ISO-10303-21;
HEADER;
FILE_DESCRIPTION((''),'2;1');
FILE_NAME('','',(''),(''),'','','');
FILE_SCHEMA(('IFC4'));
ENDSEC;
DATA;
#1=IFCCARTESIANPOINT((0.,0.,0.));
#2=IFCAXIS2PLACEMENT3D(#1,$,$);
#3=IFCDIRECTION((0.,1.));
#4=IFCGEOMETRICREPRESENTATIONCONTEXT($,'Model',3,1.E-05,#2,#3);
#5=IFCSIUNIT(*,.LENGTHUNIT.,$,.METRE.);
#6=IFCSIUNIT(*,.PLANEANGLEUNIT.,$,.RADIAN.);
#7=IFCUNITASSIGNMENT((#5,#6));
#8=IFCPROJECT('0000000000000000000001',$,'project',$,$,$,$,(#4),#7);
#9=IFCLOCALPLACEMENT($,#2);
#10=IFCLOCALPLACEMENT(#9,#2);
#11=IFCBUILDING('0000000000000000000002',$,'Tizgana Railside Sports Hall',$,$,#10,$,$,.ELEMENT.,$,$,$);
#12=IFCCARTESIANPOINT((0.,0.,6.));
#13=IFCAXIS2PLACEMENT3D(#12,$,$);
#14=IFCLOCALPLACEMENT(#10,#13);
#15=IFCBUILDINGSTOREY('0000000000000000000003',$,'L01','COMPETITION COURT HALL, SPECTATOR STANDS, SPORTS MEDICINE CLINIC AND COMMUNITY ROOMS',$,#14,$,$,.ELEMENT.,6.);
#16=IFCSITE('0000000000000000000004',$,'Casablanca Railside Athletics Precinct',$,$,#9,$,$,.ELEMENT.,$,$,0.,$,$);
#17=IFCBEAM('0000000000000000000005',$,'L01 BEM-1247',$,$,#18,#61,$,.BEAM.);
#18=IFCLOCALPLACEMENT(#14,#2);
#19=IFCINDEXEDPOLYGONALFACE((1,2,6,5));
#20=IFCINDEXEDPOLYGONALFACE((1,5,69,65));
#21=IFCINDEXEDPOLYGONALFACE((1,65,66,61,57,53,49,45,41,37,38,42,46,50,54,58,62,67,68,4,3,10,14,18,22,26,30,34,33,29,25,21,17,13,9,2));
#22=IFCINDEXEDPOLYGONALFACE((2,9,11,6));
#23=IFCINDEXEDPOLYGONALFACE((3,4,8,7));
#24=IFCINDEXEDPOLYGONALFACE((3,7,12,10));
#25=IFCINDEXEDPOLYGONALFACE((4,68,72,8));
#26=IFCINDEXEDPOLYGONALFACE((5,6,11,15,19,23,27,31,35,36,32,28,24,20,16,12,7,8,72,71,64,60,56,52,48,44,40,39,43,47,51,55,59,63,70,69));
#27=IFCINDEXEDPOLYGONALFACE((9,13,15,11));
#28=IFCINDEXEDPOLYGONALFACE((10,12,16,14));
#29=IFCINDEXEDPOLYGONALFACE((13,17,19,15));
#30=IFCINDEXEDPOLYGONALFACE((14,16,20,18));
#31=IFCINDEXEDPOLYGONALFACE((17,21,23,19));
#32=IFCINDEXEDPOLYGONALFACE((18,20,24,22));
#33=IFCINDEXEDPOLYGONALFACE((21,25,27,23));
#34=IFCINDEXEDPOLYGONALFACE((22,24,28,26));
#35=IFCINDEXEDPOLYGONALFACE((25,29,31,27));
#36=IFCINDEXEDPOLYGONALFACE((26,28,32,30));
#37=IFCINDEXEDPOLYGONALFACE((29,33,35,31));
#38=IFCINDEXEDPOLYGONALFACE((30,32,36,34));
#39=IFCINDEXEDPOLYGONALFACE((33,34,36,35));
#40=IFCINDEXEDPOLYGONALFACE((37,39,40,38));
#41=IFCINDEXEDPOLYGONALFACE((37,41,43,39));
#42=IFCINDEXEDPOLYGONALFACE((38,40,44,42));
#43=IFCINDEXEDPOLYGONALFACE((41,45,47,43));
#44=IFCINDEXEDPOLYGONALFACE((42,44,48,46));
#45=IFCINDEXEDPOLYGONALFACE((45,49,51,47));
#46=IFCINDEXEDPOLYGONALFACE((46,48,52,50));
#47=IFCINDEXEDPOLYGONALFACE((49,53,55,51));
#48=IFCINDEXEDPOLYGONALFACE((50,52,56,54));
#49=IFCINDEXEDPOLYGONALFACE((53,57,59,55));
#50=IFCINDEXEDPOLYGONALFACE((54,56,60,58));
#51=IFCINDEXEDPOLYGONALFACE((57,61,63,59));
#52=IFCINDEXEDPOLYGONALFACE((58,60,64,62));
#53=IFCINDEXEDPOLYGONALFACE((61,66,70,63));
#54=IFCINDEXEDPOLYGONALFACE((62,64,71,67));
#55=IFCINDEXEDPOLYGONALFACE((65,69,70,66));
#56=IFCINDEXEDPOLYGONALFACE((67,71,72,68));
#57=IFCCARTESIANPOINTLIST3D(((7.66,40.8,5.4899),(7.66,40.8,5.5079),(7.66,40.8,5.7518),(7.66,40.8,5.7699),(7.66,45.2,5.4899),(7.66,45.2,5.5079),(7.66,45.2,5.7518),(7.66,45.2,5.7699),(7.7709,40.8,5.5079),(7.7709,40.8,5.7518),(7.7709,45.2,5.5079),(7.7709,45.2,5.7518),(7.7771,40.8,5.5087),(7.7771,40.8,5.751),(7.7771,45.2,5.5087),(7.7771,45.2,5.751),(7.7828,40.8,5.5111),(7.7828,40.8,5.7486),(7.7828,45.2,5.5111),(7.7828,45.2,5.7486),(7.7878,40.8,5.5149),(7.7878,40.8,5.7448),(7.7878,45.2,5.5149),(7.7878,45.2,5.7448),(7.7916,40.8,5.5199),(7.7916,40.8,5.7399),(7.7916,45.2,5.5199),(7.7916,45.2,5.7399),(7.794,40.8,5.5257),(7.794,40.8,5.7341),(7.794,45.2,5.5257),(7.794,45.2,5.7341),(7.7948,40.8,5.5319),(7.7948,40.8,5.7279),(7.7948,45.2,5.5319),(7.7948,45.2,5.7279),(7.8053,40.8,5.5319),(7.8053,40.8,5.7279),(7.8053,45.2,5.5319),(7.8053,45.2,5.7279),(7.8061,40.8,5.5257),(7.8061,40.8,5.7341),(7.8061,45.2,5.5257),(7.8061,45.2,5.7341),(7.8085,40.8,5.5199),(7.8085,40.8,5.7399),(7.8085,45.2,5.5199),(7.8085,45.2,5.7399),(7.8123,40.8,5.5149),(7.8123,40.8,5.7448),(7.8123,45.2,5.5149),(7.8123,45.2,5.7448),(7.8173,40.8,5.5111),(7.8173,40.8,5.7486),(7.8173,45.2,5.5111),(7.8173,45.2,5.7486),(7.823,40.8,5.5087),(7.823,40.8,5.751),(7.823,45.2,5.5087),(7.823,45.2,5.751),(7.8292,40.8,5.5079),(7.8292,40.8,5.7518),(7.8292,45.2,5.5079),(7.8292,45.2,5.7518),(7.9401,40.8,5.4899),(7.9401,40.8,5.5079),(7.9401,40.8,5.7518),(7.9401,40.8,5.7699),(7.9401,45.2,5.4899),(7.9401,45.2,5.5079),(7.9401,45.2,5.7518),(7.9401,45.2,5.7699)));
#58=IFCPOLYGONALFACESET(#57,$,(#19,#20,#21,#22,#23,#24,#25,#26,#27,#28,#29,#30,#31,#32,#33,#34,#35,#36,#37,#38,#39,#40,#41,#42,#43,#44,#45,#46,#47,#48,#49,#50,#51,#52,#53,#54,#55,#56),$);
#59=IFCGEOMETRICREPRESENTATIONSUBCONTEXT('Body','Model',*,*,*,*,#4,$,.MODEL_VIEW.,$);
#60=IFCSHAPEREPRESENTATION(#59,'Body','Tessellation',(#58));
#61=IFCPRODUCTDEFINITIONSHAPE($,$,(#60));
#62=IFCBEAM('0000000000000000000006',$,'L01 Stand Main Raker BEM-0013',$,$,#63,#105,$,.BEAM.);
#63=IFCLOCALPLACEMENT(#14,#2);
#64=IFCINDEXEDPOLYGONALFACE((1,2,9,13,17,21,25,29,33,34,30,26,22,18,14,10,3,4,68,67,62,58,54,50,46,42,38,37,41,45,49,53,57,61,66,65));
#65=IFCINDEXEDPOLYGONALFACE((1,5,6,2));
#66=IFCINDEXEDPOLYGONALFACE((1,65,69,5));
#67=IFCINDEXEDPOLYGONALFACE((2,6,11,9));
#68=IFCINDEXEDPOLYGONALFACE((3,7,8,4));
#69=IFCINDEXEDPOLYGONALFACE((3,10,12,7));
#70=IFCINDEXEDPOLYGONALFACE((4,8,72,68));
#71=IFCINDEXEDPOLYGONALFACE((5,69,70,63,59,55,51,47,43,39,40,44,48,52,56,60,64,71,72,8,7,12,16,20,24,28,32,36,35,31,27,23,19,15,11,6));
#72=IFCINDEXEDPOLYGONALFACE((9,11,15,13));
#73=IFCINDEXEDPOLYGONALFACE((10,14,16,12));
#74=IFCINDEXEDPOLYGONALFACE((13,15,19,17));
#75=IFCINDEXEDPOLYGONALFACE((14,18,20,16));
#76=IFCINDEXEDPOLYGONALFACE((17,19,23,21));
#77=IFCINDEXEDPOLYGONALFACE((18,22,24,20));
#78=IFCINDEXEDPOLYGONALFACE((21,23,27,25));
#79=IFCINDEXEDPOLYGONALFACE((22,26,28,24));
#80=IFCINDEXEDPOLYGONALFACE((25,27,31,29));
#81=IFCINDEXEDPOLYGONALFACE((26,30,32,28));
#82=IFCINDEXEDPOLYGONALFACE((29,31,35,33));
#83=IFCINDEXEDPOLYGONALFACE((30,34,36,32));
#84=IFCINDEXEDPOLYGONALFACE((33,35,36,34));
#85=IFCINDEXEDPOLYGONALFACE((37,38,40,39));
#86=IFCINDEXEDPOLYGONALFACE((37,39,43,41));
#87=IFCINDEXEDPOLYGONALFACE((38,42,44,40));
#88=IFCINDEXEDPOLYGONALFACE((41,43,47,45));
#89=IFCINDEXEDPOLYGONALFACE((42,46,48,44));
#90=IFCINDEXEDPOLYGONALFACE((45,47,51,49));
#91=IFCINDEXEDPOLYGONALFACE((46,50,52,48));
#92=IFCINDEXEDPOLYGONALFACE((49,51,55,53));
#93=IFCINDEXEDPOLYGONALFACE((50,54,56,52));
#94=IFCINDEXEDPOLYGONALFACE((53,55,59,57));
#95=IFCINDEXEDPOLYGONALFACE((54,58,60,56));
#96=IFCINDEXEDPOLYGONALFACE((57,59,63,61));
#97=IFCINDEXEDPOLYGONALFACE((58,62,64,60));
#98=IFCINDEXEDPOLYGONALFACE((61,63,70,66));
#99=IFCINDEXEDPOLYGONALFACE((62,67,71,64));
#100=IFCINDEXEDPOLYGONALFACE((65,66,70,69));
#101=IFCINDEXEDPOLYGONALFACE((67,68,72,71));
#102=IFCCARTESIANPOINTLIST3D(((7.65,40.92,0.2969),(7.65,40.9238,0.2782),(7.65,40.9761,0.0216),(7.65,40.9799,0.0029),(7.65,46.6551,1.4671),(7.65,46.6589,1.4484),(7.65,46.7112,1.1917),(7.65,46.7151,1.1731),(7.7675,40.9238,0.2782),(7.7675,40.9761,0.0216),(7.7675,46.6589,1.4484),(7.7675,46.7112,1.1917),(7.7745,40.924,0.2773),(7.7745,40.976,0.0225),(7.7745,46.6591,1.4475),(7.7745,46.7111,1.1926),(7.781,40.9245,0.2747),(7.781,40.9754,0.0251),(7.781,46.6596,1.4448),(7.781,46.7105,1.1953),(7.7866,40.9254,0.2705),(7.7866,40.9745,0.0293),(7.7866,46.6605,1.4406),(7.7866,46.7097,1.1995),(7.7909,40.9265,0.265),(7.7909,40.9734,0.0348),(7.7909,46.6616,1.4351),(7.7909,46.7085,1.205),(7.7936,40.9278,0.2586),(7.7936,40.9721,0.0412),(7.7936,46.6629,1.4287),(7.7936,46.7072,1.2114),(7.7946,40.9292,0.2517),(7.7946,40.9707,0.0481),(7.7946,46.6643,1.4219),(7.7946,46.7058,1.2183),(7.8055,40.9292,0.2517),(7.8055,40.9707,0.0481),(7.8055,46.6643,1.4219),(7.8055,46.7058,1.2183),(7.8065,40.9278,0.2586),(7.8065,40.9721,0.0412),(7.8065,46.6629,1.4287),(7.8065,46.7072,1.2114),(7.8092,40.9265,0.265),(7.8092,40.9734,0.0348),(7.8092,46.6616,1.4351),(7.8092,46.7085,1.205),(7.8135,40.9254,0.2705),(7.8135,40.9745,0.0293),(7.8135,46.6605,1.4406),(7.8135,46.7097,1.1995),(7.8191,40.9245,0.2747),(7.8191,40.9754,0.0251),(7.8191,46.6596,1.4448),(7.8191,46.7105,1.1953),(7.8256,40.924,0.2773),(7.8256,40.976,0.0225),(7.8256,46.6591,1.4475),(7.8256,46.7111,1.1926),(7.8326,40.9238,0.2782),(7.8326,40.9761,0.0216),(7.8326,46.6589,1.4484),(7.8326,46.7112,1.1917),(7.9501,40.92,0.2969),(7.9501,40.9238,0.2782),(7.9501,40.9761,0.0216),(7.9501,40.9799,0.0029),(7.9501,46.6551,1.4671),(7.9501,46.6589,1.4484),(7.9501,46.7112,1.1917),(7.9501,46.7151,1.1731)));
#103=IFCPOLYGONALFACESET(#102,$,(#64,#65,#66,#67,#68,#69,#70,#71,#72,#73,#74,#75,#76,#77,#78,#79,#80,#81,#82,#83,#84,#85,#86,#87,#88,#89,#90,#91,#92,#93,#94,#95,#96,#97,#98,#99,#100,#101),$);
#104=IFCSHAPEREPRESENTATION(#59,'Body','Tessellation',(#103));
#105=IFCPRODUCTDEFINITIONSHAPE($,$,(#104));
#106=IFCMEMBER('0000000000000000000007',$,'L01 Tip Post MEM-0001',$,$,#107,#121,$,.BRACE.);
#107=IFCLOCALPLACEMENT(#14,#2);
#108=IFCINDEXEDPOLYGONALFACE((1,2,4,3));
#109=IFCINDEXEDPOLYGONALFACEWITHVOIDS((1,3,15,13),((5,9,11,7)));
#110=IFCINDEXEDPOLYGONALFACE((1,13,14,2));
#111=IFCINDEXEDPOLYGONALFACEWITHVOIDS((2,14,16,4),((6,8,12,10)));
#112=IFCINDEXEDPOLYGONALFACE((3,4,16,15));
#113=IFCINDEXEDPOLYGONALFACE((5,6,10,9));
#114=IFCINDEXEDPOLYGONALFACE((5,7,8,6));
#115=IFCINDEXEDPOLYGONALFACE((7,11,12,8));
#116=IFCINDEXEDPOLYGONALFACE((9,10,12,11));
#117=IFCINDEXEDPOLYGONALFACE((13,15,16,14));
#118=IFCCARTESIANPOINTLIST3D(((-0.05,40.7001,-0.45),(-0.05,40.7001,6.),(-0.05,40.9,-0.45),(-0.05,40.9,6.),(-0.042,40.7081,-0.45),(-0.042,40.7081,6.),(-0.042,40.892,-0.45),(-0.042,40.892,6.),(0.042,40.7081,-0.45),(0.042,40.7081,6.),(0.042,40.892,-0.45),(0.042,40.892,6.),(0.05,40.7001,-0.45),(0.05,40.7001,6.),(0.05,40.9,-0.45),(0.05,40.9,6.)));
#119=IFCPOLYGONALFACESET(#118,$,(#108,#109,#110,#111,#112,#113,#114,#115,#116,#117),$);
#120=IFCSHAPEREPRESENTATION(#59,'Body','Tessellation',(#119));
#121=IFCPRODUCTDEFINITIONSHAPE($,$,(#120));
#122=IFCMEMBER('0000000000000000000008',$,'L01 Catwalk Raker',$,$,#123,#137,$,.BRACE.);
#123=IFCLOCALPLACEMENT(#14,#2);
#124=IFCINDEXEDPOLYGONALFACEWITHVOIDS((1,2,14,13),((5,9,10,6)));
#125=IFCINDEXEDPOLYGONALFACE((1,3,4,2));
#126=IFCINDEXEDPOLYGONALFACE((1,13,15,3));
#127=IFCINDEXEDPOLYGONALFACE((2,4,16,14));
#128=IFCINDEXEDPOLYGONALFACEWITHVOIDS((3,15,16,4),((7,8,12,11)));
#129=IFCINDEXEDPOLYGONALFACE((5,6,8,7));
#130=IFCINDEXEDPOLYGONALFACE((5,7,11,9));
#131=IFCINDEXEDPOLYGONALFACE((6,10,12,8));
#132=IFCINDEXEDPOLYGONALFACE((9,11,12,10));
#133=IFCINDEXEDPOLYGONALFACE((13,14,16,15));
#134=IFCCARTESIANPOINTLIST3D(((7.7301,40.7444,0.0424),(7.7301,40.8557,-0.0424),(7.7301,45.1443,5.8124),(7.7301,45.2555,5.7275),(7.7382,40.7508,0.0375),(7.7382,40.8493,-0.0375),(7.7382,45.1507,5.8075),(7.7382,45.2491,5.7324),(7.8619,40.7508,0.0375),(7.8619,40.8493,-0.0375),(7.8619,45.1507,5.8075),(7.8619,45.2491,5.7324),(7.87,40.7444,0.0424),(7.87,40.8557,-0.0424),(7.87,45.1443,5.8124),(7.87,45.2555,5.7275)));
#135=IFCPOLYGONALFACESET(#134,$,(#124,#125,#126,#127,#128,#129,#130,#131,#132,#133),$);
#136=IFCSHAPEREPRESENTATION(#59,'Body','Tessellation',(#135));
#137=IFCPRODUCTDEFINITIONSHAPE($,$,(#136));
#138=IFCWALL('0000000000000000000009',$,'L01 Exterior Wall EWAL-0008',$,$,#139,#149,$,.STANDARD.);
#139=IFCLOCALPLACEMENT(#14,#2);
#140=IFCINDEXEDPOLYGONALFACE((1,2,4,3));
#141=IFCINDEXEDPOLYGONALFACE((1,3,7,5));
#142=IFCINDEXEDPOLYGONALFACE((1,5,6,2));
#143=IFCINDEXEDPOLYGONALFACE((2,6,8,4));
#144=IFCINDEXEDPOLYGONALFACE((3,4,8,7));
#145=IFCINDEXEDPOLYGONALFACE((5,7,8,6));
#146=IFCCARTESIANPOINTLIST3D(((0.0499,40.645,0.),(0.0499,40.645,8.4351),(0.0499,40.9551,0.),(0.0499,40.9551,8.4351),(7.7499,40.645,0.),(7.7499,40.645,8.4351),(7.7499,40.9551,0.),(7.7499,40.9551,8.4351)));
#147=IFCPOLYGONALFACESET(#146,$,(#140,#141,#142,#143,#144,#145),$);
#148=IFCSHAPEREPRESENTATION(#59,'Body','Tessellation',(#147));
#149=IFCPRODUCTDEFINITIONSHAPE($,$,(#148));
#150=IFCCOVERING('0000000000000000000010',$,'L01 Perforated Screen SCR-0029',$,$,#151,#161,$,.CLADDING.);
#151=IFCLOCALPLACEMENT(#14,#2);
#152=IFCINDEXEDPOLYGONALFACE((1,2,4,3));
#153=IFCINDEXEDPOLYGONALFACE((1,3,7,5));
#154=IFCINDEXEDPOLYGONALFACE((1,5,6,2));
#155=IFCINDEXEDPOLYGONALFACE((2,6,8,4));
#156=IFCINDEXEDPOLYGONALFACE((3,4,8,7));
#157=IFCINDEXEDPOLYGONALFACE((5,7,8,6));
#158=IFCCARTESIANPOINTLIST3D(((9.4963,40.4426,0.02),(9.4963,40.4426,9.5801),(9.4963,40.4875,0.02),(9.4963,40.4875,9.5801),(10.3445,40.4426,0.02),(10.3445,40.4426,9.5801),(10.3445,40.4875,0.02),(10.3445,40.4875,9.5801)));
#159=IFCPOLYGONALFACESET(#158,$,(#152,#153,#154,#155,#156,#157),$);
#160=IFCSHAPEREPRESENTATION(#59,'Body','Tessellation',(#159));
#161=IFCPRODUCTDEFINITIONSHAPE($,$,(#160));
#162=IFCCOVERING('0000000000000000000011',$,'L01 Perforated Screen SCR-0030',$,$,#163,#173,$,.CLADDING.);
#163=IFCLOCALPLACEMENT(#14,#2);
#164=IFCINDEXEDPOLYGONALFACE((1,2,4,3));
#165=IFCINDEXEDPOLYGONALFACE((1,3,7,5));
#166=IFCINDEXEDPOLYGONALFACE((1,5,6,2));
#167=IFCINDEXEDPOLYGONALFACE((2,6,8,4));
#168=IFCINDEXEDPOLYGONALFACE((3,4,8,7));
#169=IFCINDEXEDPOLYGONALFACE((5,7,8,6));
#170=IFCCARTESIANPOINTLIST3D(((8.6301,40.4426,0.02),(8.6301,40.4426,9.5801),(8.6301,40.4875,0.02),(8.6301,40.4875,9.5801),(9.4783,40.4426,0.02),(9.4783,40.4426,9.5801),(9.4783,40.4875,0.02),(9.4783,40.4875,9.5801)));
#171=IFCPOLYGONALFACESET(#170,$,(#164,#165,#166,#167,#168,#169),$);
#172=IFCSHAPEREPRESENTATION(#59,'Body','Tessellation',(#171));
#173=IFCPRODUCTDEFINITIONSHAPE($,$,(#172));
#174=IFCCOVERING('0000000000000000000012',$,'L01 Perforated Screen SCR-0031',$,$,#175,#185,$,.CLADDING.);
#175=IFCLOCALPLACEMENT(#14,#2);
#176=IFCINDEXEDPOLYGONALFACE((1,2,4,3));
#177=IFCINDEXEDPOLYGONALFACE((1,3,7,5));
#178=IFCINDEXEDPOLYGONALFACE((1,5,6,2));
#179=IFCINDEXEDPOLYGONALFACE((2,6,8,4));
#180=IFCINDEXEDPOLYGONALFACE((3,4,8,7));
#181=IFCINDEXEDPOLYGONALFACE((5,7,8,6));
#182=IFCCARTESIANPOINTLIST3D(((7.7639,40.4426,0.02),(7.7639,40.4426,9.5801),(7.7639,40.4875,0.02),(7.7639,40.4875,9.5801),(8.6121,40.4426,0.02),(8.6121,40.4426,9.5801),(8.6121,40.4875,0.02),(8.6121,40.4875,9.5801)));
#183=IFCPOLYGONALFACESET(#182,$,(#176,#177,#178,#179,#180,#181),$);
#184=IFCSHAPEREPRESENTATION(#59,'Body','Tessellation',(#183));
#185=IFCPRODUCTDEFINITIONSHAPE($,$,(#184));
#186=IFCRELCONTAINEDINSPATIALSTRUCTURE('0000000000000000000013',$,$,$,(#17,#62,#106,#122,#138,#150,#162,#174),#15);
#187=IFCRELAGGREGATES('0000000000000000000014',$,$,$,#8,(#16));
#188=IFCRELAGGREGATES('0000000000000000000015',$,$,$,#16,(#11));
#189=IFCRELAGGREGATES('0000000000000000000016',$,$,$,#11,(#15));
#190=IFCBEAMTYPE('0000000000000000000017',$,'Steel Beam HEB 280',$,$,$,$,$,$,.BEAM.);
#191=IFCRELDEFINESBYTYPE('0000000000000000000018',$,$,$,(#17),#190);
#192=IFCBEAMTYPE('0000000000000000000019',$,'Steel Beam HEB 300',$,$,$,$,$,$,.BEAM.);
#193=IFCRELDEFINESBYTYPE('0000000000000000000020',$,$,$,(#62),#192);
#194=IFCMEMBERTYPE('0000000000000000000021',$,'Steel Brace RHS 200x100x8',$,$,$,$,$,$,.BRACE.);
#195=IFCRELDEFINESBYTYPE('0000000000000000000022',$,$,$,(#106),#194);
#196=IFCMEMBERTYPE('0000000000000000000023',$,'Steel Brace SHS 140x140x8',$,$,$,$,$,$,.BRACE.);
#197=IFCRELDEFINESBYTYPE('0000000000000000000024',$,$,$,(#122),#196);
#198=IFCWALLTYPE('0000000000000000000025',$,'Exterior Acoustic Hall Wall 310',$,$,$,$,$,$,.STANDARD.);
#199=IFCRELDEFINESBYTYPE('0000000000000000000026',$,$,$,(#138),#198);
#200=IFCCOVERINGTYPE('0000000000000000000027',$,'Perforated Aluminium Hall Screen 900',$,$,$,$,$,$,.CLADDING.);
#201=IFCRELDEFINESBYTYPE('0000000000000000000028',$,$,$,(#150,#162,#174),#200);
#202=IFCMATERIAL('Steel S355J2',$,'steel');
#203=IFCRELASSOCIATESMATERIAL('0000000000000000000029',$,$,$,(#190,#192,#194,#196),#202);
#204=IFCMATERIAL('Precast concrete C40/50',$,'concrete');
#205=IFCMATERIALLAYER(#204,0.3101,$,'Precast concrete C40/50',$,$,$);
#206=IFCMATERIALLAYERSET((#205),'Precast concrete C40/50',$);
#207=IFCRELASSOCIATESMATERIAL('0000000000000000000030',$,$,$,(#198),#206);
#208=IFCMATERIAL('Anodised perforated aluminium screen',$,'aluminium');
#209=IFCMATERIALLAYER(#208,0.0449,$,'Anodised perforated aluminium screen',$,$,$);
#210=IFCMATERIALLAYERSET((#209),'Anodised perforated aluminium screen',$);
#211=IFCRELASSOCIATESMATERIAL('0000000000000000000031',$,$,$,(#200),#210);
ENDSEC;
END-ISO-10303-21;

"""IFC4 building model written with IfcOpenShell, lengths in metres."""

from ifc_helpers import new_model, si_unit, direction, frame, frame_2d, origin, origin_2d, place, context, subcontext, project, spatial, rectangle, hollow_rectangle, i_section, extrude, material, layer, layer_set, material_profile, profile_set, type_object, element, save


model = new_model("IFC4")

# Units and contexts
model_context = context("Model", 3, precision=1e-05, world=origin(), true_north=direction((0.0, 1.0)))
body_context = subcontext(model_context, "Body", "Model", "MODEL_VIEW")
ifc_project = project(units=[si_unit("LENGTHUNIT", "METRE"), si_unit("PLANEANGLEUNIT", "RADIAN")], contexts=[model_context])

# Site, building, storey
site_placement = place(None, origin())
site = spatial("IfcSite", under=ifc_project, at=site_placement, Name="Casablanca Railside Athletics Precinct", CompositionType="ELEMENT", RefElevation=0.0)
building_placement = place(site_placement, origin())
building = spatial("IfcBuilding", under=site, at=building_placement, Name="Tizgana Railside Sports Hall", CompositionType="ELEMENT")
storey_placement = place(building_placement, frame((0.0, 0.0, 6.0)))
storey = spatial("IfcBuildingStorey", under=building, at=storey_placement, Name="L01", Description="COMPETITION COURT HALL, SPECTATOR STANDS, SPORTS MEDICINE CLINIC AND COMMUNITY ROOMS", CompositionType="ELEMENT", Elevation=6.0)

# Beams
ifc_material_1 = material(Name="Steel S355J2", Category="steel")
ifc_material_profile_1 = material_profile(ifc_material_1, i_section(OverallWidth=0.28, OverallDepth=0.28, WebThickness=0.0105, FlangeThickness=0.0181, FilletRadius=0.0239, at=origin_2d()), Name="HEB 280")
ifc_profile_set_1 = profile_set([ifc_material_profile_1], Name="Steel S355J2")
beam_type_1 = type_object("IfcBeamType", Name="Steel Beam HEB 280", PredefinedType="BEAM", material=ifc_profile_set_1)
beam_1_placement = place(storey_placement, frame((7.8, 40.8, 5.6299), z_axis=(0.0, 1.0, 0.0), x_axis=(-1.0, 0.0, 0.0)))
element("IfcBeam", 1, at=beam_1_placement, inside=storey, type_object=beam_type_1, Name="L01 BEM-1247", PredefinedType="BEAM", context=body_context, shape_type="SweptSolid", body=[
    extrude(i_section(OverallWidth=0.28, OverallDepth=0.28, WebThickness=0.0105, FlangeThickness=0.0181, FilletRadius=0.0239, at=origin_2d()), origin(), (0.0, 0.0, 1.0), 4.3999),
])
ifc_material_profile_2 = material_profile(ifc_material_1, i_section(OverallWidth=0.3, OverallDepth=0.3, WebThickness=0.011, FlangeThickness=0.019, FilletRadius=0.0271, at=origin_2d()), Name="HEB 300")
ifc_profile_set_2 = profile_set([ifc_material_profile_2], Name="Steel S355J2")
beam_type_2 = type_object("IfcBeamType", Name="Steel Beam HEB 300", PredefinedType="BEAM", material=ifc_profile_set_2)
beam_2_placement = place(storey_placement, frame((7.8, 40.95, 0.1499), z_axis=(0.0, 0.979813, 0.199917), x_axis=(-1.0, 0.0, 0.0)))
element("IfcBeam", 2, at=beam_2_placement, inside=storey, type_object=beam_type_2, Name="L01 Stand Main Raker BEM-0013", PredefinedType="BEAM", context=body_context, shape_type="SweptSolid", body=[
    extrude(i_section(OverallWidth=0.3, OverallDepth=0.3, WebThickness=0.011, FlangeThickness=0.019, FilletRadius=0.0271, at=origin_2d()), origin(), (0.0, 0.0, 1.0), 5.8533),
])

# Members
ifc_material_profile_3 = material_profile(ifc_material_1, hollow_rectangle(XDim=0.1001, YDim=0.2, WallThickness=0.0081, at=origin_2d()), Name="RHS 200x100x8")
ifc_profile_set_3 = profile_set([ifc_material_profile_3], Name="Steel S355J2")
member_type_1 = type_object("IfcMemberType", Name="Steel Brace RHS 200x100x8", PredefinedType="BRACE", material=ifc_profile_set_3)
member_1_placement = place(storey_placement, frame((0.0, 40.8, -0.45), z_axis=(0.0, 0.0, 1.0), x_axis=(1.0, 0.0, 0.0)))
element("IfcMember", 3, at=member_1_placement, inside=storey, type_object=member_type_1, Name="L01 Tip Post MEM-0001", PredefinedType="BRACE", context=body_context, shape_type="SweptSolid", body=[
    extrude(hollow_rectangle(XDim=0.1001, YDim=0.2, WallThickness=0.0081, at=origin_2d()), origin(), (0.0, 0.0, 1.0), 6.45),
])
ifc_material_profile_4 = material_profile(ifc_material_1, hollow_rectangle(XDim=0.1399, YDim=0.1399, WallThickness=0.0081, at=origin_2d()), Name="SHS 140x140x8")
ifc_profile_set_4 = profile_set([ifc_material_profile_4], Name="Steel S355J2")
member_type_2 = type_object("IfcMemberType", Name="Steel Brace SHS 140x140x8", PredefinedType="BRACE", material=ifc_profile_set_4)
member_2_placement = place(storey_placement, frame((7.8, 40.8, 0.0), z_axis=(0.0, 0.606366, 0.795186), x_axis=(-1.0, 0.0, 0.0)))
element("IfcMember", 4, at=member_2_placement, inside=storey, type_object=member_type_2, Name="L01 Catwalk Raker", PredefinedType="BRACE", context=body_context, shape_type="SweptSolid", body=[
    extrude(hollow_rectangle(XDim=0.1399, YDim=0.1399, WallThickness=0.0081, at=origin_2d()), origin(), (0.0, 0.0, 1.0), 7.2561),
])

# Wall
ifc_material_2 = material(Name="Precast concrete C40/50", Category="concrete")
ifc_layer_1 = layer(ifc_material_2, 0.3101, Name="Precast concrete C40/50")
ifc_layer_set_1 = layer_set([ifc_layer_1], Name="Precast concrete C40/50")
wall_type = type_object("IfcWallType", Name="Exterior Acoustic Hall Wall 310", PredefinedType="STANDARD", material=ifc_layer_set_1)
wall_placement = place(storey_placement, frame((7.75, 40.8, 0.0), z_axis=(0.0, 0.0, 1.0), x_axis=(-1.0, 0.0, 0.0)))
element("IfcWall", 5, at=wall_placement, inside=storey, type_object=wall_type, Name="L01 Exterior Wall EWAL-0008", PredefinedType="STANDARD", context=body_context, shape_type="SweptSolid", body=[
    extrude(rectangle(XDim=7.7, YDim=0.3101, at=frame_2d((3.8501, 0.0))), origin(), (0.0, 0.0, 1.0), 8.4351),
])

# Coverings
ifc_material_3 = material(Name="Anodised perforated aluminium screen", Category="aluminium")
ifc_layer_2 = layer(ifc_material_3, 0.0449, Name="Anodised perforated aluminium screen")
ifc_layer_set_2 = layer_set([ifc_layer_2], Name="Anodised perforated aluminium screen")
covering_type = type_object("IfcCoveringType", Name="Perforated Aluminium Hall Screen 900", PredefinedType="CLADDING", material=ifc_layer_set_2)
for number, where, z_axis, x_axis, name in (
    (6, (9.9204, 40.4651, 0.02), (0.0, 0.0, 1.0), (-1.0, 0.0, 0.0), "L01 Perforated Screen SCR-0029"),
    (7, (9.0542, 40.4651, 0.02), (0.0, 0.0, 1.0), (-1.0, 0.0, 0.0), "L01 Perforated Screen SCR-0030"),
    (8, (8.188, 40.4651, 0.02), (0.0, 0.0, 1.0), (-1.0, 0.0, 0.0), "L01 Perforated Screen SCR-0031"),
):
    element("IfcCovering", number, at=place(storey_placement, frame(where, z_axis=z_axis, x_axis=x_axis)), inside=storey, type_object=covering_type, Name=name, PredefinedType="CLADDING", context=body_context, shape_type="SweptSolid", body=[
        extrude(rectangle(XDim=0.8481, YDim=0.0449, at=origin_2d()), origin(), (0.0, 0.0, 1.0), 9.5601),
    ])

save(model, "model.ifc")
